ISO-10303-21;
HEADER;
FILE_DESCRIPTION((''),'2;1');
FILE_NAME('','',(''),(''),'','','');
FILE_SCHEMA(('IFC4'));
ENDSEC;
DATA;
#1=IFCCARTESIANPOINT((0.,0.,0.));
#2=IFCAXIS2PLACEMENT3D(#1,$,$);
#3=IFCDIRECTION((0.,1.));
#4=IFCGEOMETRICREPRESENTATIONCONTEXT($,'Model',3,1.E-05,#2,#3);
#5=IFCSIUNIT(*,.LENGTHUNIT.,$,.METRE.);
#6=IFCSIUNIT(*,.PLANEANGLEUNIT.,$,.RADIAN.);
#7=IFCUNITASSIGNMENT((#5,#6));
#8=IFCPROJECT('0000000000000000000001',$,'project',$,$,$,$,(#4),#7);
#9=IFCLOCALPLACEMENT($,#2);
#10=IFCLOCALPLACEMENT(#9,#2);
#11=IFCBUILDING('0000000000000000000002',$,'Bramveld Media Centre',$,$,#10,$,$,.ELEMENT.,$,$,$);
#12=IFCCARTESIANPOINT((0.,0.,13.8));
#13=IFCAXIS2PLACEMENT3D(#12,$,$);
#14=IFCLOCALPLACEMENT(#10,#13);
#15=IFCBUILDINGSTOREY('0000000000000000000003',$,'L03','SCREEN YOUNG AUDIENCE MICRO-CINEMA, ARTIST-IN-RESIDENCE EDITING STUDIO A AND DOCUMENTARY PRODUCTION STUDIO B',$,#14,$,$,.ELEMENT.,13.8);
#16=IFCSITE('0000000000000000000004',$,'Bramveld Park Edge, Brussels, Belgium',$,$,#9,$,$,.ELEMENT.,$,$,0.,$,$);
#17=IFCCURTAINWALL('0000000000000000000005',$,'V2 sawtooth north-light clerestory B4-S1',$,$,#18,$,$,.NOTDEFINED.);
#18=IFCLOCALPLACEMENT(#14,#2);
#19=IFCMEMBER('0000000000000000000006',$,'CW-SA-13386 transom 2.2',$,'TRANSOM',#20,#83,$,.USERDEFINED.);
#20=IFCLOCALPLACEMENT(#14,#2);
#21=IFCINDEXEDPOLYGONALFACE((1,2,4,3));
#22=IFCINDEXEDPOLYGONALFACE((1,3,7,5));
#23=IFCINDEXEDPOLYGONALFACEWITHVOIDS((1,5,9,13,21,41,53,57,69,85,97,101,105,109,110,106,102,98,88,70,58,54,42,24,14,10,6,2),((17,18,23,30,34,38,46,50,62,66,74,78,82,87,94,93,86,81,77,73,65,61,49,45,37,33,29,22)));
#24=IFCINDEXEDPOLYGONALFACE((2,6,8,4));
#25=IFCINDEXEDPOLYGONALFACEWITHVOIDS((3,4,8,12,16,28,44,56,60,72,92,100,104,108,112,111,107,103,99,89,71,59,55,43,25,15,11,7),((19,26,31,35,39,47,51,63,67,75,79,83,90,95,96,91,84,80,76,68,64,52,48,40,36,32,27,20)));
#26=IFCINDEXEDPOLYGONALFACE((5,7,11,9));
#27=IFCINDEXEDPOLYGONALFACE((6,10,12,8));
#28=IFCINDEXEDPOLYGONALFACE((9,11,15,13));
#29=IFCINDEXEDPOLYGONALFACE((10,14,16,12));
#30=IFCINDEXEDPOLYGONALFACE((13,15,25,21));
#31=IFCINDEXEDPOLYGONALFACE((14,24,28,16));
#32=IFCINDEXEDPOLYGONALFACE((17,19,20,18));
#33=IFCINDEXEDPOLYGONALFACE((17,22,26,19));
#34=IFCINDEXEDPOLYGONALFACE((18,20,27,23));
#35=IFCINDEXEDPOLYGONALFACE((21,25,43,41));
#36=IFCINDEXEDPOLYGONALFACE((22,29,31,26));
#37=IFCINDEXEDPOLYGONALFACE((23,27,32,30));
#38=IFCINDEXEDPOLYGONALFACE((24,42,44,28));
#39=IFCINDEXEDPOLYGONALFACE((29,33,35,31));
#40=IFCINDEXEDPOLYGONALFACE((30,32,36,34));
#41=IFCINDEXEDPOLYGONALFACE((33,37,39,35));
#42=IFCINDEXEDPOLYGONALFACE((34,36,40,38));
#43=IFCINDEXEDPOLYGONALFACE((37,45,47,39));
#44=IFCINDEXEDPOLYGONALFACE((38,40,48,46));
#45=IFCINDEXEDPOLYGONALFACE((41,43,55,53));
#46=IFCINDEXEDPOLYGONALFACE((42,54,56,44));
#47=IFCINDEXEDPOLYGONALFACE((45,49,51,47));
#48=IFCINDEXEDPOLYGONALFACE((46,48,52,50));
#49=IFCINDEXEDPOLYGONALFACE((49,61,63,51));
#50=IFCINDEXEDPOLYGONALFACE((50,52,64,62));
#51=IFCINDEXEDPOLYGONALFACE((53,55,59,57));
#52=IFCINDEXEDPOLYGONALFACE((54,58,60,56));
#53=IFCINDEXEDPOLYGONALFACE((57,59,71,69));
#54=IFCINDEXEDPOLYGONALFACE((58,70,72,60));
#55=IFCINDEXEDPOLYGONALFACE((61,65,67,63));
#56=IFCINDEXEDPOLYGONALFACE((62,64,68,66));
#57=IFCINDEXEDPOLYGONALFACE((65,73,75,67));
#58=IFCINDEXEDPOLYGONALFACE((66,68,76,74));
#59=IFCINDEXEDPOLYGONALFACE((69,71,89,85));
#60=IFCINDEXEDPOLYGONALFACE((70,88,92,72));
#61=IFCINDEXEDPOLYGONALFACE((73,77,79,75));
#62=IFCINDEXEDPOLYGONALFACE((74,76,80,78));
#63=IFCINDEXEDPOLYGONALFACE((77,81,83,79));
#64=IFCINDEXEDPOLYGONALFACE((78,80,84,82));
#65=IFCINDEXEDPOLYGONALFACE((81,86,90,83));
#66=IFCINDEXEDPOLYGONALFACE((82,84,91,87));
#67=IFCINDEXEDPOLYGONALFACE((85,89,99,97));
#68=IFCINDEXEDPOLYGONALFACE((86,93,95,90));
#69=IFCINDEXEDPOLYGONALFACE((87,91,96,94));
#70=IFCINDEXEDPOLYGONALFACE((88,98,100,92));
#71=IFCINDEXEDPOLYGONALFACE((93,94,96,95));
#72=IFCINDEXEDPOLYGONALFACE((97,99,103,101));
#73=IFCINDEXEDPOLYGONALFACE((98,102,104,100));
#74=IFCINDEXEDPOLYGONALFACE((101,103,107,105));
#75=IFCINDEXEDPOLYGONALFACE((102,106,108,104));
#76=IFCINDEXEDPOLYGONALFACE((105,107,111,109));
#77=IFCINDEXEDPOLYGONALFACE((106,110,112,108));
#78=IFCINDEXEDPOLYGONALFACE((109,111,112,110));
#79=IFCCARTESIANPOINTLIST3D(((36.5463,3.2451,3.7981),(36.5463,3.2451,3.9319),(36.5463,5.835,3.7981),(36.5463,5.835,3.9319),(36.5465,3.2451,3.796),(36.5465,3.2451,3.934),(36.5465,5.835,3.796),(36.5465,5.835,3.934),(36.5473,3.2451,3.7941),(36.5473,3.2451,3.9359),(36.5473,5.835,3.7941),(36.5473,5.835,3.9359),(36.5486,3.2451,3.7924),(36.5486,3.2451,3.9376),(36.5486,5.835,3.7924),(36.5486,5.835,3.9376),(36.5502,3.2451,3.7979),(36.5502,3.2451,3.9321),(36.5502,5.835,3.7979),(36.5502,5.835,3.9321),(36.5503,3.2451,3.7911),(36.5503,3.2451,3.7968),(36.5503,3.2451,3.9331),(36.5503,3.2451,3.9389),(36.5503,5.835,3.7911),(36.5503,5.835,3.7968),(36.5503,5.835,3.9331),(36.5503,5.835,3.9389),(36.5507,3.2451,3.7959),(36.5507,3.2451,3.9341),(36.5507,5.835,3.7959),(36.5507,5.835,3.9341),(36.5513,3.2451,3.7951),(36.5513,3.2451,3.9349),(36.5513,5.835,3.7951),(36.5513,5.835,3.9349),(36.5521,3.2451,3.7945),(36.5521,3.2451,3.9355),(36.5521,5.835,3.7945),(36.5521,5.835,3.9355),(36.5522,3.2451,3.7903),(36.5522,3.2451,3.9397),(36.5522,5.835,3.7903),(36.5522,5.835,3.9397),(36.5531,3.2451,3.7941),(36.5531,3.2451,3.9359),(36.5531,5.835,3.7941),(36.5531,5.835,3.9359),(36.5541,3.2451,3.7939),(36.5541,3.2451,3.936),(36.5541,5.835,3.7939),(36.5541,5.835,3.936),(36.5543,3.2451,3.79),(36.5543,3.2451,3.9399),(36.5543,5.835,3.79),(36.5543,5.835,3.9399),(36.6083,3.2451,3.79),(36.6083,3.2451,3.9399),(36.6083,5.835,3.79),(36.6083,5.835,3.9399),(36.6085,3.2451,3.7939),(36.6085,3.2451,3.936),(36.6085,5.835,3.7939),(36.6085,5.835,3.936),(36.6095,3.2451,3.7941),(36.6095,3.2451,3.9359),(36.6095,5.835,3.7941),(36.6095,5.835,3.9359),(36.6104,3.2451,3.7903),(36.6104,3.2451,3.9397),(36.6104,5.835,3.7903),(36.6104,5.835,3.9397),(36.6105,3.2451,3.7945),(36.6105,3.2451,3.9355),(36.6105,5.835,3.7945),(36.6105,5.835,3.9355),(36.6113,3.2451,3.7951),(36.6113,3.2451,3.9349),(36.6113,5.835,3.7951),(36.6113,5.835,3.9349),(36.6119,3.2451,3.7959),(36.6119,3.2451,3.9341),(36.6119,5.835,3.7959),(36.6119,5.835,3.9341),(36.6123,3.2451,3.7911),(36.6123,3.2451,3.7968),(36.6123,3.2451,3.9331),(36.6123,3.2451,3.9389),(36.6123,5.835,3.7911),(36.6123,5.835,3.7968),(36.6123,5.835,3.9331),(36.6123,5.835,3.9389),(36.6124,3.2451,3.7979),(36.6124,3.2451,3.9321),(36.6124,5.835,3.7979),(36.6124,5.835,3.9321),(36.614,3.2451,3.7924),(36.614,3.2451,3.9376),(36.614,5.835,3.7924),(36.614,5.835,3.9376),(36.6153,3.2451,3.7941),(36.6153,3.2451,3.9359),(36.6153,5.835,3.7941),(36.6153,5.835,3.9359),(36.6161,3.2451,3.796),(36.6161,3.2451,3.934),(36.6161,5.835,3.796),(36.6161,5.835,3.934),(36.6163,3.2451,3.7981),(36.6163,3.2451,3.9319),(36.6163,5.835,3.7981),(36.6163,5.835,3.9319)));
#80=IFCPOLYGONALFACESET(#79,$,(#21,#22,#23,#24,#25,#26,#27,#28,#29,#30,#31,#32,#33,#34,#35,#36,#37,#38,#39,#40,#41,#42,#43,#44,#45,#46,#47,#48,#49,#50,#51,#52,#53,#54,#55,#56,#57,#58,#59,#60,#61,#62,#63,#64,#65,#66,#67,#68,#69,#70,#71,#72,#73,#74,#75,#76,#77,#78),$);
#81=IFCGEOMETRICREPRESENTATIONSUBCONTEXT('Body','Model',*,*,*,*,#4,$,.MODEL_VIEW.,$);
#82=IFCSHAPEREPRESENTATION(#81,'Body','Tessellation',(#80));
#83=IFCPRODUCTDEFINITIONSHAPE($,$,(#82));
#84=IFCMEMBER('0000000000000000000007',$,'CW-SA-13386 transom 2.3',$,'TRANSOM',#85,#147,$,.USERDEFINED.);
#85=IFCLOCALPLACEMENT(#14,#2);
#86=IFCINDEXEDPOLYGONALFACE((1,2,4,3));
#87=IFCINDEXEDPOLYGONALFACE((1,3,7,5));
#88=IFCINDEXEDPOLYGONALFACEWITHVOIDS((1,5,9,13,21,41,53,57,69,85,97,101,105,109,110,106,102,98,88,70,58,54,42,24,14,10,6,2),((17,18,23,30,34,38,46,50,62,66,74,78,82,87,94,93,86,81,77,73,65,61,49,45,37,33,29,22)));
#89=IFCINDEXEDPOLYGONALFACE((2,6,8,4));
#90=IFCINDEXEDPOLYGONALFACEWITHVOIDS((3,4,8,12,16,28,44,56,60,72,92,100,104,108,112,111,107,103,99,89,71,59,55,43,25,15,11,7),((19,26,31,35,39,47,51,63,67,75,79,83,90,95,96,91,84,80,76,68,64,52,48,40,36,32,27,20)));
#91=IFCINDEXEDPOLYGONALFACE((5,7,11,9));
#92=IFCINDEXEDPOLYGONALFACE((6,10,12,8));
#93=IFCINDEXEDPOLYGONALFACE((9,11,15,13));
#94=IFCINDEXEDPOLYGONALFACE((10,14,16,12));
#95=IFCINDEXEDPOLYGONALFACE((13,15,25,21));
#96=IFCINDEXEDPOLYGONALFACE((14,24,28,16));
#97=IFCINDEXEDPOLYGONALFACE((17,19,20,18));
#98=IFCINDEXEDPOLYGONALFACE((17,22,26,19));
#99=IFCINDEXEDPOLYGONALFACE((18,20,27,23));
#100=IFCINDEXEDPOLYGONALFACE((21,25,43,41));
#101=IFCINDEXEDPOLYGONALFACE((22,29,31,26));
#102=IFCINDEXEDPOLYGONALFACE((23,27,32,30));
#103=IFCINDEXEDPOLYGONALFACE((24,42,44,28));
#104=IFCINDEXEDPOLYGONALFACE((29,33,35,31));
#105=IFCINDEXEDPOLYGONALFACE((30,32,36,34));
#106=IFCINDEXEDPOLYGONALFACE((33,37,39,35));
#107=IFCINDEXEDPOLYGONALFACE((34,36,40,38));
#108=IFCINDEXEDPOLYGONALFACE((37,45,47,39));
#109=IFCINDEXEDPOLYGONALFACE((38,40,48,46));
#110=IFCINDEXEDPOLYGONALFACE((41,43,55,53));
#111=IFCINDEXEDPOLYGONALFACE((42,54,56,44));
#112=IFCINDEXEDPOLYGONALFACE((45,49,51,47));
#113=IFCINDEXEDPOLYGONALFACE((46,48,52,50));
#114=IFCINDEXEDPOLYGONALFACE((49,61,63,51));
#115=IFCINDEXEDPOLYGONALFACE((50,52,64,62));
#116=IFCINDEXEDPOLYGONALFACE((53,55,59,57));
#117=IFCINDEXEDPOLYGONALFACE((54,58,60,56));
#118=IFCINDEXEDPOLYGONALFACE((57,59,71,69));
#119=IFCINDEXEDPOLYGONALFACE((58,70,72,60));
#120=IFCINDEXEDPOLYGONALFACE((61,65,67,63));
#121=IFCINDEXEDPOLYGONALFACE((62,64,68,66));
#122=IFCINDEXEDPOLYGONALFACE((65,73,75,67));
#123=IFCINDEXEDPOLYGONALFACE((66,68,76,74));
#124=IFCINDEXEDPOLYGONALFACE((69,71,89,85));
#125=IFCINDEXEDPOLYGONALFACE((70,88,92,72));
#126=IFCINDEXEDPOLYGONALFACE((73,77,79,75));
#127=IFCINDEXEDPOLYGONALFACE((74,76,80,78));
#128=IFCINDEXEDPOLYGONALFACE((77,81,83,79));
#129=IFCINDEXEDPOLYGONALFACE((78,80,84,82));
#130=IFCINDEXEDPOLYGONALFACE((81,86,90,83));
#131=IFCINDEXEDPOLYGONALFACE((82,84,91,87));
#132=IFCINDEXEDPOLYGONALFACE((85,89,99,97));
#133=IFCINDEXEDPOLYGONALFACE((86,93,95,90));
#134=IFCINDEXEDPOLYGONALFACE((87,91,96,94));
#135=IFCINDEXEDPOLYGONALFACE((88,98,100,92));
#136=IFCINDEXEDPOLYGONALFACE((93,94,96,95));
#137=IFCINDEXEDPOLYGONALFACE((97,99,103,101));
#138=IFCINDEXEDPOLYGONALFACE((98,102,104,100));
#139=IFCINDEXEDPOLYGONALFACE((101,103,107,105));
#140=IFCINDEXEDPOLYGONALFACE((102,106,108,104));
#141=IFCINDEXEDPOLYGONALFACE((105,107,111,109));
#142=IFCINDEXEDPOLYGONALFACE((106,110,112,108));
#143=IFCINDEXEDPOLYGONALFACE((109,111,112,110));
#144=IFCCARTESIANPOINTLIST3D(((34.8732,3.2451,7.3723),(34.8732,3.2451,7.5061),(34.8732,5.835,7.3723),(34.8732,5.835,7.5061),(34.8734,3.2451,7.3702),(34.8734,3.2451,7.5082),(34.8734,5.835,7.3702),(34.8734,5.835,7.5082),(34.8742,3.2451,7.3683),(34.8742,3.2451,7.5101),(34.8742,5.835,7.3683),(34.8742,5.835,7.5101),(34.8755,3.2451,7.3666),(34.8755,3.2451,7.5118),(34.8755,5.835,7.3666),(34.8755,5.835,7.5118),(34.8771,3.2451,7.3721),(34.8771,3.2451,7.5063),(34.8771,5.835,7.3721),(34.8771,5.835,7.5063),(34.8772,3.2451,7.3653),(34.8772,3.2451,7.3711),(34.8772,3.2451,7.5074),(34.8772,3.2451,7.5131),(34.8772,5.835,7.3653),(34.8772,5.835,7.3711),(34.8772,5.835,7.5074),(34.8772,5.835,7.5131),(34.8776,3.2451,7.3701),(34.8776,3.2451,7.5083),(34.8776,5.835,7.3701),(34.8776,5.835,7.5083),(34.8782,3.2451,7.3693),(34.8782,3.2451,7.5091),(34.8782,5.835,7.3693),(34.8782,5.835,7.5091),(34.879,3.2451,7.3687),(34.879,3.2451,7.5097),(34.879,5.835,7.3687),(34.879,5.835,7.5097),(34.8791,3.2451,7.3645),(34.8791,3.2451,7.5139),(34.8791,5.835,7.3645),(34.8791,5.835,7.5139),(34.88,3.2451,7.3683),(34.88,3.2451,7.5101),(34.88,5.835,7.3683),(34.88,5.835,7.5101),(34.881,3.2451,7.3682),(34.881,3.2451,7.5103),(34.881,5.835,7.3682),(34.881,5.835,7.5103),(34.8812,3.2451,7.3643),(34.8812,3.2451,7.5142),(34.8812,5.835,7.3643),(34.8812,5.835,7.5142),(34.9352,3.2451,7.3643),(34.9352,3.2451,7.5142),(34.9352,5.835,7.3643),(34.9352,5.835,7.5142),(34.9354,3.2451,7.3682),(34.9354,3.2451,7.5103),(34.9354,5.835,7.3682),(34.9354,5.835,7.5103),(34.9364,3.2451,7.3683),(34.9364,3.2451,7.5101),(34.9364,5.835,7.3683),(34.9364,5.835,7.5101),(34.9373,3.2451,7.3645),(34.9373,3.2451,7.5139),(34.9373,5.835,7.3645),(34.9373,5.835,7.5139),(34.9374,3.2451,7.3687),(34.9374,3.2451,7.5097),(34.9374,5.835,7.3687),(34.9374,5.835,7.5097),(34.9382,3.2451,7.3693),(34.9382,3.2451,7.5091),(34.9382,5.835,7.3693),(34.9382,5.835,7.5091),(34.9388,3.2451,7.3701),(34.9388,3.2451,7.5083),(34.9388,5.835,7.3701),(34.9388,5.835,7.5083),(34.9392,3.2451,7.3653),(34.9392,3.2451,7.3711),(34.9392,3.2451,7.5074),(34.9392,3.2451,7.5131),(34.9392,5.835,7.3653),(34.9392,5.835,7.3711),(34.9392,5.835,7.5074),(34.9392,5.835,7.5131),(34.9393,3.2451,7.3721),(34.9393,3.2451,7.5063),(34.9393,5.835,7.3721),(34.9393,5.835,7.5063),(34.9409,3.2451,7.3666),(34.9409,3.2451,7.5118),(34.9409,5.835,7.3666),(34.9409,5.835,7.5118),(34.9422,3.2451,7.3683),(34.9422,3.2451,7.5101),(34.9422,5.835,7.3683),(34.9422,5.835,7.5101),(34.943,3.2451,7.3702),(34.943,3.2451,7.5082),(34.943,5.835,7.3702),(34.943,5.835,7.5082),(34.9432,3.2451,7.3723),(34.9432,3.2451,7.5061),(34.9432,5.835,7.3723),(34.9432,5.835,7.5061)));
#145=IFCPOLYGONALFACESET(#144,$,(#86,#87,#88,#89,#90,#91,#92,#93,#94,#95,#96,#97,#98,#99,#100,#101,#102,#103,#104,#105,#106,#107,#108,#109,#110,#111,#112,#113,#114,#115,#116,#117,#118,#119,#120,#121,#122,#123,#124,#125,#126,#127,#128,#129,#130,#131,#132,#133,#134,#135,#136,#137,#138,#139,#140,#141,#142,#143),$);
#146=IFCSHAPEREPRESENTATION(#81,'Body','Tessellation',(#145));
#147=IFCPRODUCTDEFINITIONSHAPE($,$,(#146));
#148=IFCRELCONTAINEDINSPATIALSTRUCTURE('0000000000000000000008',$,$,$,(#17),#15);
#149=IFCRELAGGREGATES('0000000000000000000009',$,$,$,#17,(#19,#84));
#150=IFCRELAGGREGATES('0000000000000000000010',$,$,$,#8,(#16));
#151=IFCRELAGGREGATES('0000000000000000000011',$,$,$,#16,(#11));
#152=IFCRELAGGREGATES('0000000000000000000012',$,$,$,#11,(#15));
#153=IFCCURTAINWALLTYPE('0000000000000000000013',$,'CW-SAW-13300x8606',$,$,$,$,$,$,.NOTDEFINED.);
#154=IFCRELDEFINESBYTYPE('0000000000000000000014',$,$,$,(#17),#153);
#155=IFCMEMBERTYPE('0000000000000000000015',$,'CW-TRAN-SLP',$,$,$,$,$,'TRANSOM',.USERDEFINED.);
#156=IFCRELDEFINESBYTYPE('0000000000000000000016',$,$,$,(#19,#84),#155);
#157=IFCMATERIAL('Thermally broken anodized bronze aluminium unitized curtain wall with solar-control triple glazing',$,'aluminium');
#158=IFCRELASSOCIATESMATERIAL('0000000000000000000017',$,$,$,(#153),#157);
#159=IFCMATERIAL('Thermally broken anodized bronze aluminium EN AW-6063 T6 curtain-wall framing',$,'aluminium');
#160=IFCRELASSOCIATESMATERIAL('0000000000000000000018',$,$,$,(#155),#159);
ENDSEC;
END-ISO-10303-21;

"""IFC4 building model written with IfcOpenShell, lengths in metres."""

from ifc_helpers import new_model, si_unit, direction, frame, origin, origin_2d, place, context, subcontext, project, spatial, hollow_rectangle, extrude, material, material_profile, profile_set, type_object, element, aggregate, save


model = new_model("IFC4")

# Units and contexts
model_context = context("Model", 3, precision=1e-05, world=origin(), true_north=direction((0.0, 1.0)))
body_context = subcontext(model_context, "Body", "Model", "MODEL_VIEW")
ifc_project = project(units=[si_unit("LENGTHUNIT", "METRE"), si_unit("PLANEANGLEUNIT", "RADIAN")], contexts=[model_context])

# Site, building, storey
site_placement = place(None, origin())
site = spatial("IfcSite", under=ifc_project, at=site_placement, Name="Bramveld Park Edge, Brussels, Belgium", CompositionType="ELEMENT", RefElevation=0.0)
building_placement = place(site_placement, origin())
building = spatial("IfcBuilding", under=site, at=building_placement, Name="Bramveld Media Centre", CompositionType="ELEMENT")
storey_placement = place(building_placement, frame((0.0, 0.0, 13.8)))
storey = spatial("IfcBuildingStorey", under=building, at=storey_placement, Name="L03", Description="SCREEN YOUNG AUDIENCE MICRO-CINEMA, ARTIST-IN-RESIDENCE EDITING STUDIO A AND DOCUMENTARY PRODUCTION STUDIO B", CompositionType="ELEMENT", Elevation=13.8)

# Curtain wall, members
ifc_material_1 = material(Name="Thermally broken anodized bronze aluminium unitized curtain wall with solar-control triple glazing", Category="aluminium")
curtain_wall_type = type_object("IfcCurtainWallType", Name="CW-SAW-13300x8606", PredefinedType="NOTDEFINED", material=ifc_material_1)
curtain_wall_placement = place(storey_placement, origin())
curtain_wall = element("IfcCurtainWall", 1, at=curtain_wall_placement, inside=storey, type_object=curtain_wall_type, Name="V2 sawtooth north-light clerestory B4-S1", PredefinedType="NOTDEFINED")
ifc_material_2 = material(Name="Thermally broken anodized bronze aluminium EN AW-6063 T6 curtain-wall framing", Category="aluminium")
ifc_material_profile_1 = material_profile(ifc_material_2, hollow_rectangle(XDim=0.0701, YDim=0.1499, WallThickness=0.0039, InnerFilletRadius=0.0039, OuterFilletRadius=0.0081, at=origin_2d()), Name="AL-TRAN 70x150")
ifc_profile_set_1 = profile_set([ifc_material_profile_1], Name="Thermally broken anodized bronze aluminium EN AW-6063 T6 curtain-wall framing")
member_type_1 = type_object("IfcMemberType", Name="CW-TRAN-SLP", ElementType="TRANSOM", PredefinedType="USERDEFINED", material=ifc_profile_set_1)
member_1_placement = place(storey_placement, frame((36.5813, 3.2451, 3.865), z_axis=(0.0, 1.0, 0.0), x_axis=(-1.0, 0.0, 0.0)))
member_1 = element("IfcMember", 2, at=member_1_placement, type_object=member_type_1, Name="CW-SA-13386 transom 2.2", ObjectType="TRANSOM", PredefinedType="USERDEFINED", context=body_context, shape_type="SweptSolid", body=[
    extrude(hollow_rectangle(XDim=0.0701, YDim=0.1499, WallThickness=0.0039, InnerFilletRadius=0.0039, OuterFilletRadius=0.0081, at=origin_2d()), origin(), (0.0, 0.0, 1.0), 2.5898),
])
member_2_placement = place(storey_placement, frame((34.9082, 3.2451, 7.4392), z_axis=(0.0, 1.0, 0.0), x_axis=(-1.0, 0.0, 0.0)))
member_2 = element("IfcMember", 3, at=member_2_placement, type_object=member_type_1, Name="CW-SA-13386 transom 2.3", ObjectType="TRANSOM", PredefinedType="USERDEFINED", context=body_context, shape_type="SweptSolid", body=[
    extrude(hollow_rectangle(XDim=0.0701, YDim=0.1499, WallThickness=0.0039, InnerFilletRadius=0.0039, OuterFilletRadius=0.0081, at=origin_2d()), origin(), (0.0, 0.0, 1.0), 2.5898),
])

aggregate(curtain_wall, [member_1, member_2])

save(model, "model.ifc")
